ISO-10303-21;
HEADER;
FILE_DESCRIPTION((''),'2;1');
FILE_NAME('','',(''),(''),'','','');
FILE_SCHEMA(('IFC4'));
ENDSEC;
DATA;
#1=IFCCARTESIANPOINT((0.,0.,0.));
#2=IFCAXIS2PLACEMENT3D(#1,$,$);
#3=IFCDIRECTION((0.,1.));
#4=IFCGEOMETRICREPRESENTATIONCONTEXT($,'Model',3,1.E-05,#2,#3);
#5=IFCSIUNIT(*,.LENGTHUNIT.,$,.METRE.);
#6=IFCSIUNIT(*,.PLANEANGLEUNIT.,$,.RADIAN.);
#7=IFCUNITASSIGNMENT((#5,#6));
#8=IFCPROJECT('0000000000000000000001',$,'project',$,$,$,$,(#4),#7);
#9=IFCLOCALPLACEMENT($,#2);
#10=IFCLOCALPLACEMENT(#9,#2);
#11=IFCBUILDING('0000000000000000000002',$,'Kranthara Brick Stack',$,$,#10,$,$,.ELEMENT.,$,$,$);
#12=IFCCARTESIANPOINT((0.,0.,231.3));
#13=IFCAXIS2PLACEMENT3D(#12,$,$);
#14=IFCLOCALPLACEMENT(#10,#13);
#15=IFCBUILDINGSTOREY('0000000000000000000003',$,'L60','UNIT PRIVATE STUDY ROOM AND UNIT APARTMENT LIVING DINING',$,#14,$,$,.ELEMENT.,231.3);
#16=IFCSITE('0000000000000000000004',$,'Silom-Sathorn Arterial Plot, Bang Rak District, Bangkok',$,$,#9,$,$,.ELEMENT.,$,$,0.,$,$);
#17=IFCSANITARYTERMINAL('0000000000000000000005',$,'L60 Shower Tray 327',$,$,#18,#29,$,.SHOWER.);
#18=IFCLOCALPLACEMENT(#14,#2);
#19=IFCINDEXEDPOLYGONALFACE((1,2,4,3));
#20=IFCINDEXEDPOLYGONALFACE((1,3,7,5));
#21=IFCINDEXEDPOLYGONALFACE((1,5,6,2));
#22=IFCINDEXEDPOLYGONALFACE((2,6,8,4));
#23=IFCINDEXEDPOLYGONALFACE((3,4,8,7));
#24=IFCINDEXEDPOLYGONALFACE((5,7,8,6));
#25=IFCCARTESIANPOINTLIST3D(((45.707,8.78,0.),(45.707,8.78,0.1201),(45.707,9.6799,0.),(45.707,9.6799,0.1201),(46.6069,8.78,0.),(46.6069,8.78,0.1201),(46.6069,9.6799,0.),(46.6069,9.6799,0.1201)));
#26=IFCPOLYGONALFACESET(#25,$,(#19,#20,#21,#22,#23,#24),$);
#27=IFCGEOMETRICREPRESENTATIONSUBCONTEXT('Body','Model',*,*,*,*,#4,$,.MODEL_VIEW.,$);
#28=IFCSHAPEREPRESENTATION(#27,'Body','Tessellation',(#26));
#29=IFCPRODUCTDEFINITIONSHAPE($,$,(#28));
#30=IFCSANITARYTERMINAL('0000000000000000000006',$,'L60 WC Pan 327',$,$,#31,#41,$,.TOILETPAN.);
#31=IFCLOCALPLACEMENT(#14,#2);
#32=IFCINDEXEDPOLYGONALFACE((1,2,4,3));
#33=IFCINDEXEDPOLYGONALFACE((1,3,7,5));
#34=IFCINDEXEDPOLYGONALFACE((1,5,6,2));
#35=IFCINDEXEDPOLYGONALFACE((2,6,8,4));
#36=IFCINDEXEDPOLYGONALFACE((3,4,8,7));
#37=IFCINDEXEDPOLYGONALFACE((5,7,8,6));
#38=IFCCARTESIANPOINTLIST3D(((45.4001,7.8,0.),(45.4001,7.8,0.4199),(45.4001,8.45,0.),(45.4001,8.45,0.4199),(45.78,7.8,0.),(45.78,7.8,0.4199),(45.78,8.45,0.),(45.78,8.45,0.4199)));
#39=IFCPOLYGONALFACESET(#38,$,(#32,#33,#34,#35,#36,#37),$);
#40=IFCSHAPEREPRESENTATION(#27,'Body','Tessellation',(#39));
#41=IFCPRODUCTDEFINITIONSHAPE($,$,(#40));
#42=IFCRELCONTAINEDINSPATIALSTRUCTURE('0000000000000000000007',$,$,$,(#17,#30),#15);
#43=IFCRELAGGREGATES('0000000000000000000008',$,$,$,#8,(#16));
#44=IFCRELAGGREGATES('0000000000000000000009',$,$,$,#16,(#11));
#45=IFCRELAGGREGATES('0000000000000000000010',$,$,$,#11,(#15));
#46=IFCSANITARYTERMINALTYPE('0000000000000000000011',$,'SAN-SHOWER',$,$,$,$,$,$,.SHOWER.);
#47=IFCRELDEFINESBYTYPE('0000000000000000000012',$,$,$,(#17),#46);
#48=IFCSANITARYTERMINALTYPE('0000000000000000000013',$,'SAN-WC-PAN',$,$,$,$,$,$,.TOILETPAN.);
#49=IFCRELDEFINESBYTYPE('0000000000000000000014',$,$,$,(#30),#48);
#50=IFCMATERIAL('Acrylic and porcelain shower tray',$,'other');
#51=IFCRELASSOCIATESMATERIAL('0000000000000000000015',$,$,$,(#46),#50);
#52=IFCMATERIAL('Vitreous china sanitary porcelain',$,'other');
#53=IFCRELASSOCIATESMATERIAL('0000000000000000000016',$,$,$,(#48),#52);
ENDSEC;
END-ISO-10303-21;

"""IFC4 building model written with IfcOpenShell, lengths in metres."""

from ifc_helpers import new_model, si_unit, direction, frame, origin, origin_2d, place, context, subcontext, project, spatial, rectangle, extrude, material, type_object, element, save


model = new_model("IFC4")

# Units and contexts
model_context = context("Model", 3, precision=1e-05, world=origin(), true_north=direction((0.0, 1.0)))
body_context = subcontext(model_context, "Body", "Model", "MODEL_VIEW")
ifc_project = project(units=[si_unit("LENGTHUNIT", "METRE"), si_unit("PLANEANGLEUNIT", "RADIAN")], contexts=[model_context])

# Site, building, storey
site_placement = place(None, origin())
site = spatial("IfcSite", under=ifc_project, at=site_placement, Name="Silom-Sathorn Arterial Plot, Bang Rak District, Bangkok", CompositionType="ELEMENT", RefElevation=0.0)
building_placement = place(site_placement, origin())
building = spatial("IfcBuilding", under=site, at=building_placement, Name="Kranthara Brick Stack", CompositionType="ELEMENT")
storey_placement = place(building_placement, frame((0.0, 0.0, 231.3)))
storey = spatial("IfcBuildingStorey", under=building, at=storey_placement, Name="L60", Description="UNIT PRIVATE STUDY ROOM AND UNIT APARTMENT LIVING DINING", CompositionType="ELEMENT", Elevation=231.3)

# Sanitary terminals
ifc_material_1 = material(Name="Acrylic and porcelain shower tray", Category="other")
sanitary_terminal_type_1 = type_object("IfcSanitaryTerminalType", Name="SAN-SHOWER", PredefinedType="SHOWER", material=ifc_material_1)
sanitary_terminal_1_placement = place(storey_placement, frame((46.157, 9.23, 0.0), z_axis=(0.0, 0.0, 1.0), x_axis=(1.0, 0.0, 0.0)))
element("IfcSanitaryTerminal", 1, at=sanitary_terminal_1_placement, inside=storey, type_object=sanitary_terminal_type_1, Name="L60 Shower Tray 327", PredefinedType="SHOWER", context=body_context, shape_type="SweptSolid", body=[
    extrude(rectangle(XDim=0.8999, YDim=0.8999, at=origin_2d()), origin(), (0.0, 0.0, 1.0), 0.1201),
])
ifc_material_2 = material(Name="Vitreous china sanitary porcelain", Category="other")
sanitary_terminal_type_2 = type_object("IfcSanitaryTerminalType", Name="SAN-WC-PAN", PredefinedType="TOILETPAN", material=ifc_material_2)
sanitary_terminal_2_placement = place(storey_placement, frame((45.5901, 8.125, 0.0), z_axis=(0.0, 0.0, 1.0), x_axis=(1.0, 0.0, 0.0)))
element("IfcSanitaryTerminal", 2, at=sanitary_terminal_2_placement, inside=storey, type_object=sanitary_terminal_type_2, Name="L60 WC Pan 327", PredefinedType="TOILETPAN", context=body_context, shape_type="SweptSolid", body=[
    extrude(rectangle(XDim=0.3799, YDim=0.6499, at=origin_2d()), origin(), (0.0, 0.0, 1.0), 0.4199),
])

save(model, "model.ifc")
